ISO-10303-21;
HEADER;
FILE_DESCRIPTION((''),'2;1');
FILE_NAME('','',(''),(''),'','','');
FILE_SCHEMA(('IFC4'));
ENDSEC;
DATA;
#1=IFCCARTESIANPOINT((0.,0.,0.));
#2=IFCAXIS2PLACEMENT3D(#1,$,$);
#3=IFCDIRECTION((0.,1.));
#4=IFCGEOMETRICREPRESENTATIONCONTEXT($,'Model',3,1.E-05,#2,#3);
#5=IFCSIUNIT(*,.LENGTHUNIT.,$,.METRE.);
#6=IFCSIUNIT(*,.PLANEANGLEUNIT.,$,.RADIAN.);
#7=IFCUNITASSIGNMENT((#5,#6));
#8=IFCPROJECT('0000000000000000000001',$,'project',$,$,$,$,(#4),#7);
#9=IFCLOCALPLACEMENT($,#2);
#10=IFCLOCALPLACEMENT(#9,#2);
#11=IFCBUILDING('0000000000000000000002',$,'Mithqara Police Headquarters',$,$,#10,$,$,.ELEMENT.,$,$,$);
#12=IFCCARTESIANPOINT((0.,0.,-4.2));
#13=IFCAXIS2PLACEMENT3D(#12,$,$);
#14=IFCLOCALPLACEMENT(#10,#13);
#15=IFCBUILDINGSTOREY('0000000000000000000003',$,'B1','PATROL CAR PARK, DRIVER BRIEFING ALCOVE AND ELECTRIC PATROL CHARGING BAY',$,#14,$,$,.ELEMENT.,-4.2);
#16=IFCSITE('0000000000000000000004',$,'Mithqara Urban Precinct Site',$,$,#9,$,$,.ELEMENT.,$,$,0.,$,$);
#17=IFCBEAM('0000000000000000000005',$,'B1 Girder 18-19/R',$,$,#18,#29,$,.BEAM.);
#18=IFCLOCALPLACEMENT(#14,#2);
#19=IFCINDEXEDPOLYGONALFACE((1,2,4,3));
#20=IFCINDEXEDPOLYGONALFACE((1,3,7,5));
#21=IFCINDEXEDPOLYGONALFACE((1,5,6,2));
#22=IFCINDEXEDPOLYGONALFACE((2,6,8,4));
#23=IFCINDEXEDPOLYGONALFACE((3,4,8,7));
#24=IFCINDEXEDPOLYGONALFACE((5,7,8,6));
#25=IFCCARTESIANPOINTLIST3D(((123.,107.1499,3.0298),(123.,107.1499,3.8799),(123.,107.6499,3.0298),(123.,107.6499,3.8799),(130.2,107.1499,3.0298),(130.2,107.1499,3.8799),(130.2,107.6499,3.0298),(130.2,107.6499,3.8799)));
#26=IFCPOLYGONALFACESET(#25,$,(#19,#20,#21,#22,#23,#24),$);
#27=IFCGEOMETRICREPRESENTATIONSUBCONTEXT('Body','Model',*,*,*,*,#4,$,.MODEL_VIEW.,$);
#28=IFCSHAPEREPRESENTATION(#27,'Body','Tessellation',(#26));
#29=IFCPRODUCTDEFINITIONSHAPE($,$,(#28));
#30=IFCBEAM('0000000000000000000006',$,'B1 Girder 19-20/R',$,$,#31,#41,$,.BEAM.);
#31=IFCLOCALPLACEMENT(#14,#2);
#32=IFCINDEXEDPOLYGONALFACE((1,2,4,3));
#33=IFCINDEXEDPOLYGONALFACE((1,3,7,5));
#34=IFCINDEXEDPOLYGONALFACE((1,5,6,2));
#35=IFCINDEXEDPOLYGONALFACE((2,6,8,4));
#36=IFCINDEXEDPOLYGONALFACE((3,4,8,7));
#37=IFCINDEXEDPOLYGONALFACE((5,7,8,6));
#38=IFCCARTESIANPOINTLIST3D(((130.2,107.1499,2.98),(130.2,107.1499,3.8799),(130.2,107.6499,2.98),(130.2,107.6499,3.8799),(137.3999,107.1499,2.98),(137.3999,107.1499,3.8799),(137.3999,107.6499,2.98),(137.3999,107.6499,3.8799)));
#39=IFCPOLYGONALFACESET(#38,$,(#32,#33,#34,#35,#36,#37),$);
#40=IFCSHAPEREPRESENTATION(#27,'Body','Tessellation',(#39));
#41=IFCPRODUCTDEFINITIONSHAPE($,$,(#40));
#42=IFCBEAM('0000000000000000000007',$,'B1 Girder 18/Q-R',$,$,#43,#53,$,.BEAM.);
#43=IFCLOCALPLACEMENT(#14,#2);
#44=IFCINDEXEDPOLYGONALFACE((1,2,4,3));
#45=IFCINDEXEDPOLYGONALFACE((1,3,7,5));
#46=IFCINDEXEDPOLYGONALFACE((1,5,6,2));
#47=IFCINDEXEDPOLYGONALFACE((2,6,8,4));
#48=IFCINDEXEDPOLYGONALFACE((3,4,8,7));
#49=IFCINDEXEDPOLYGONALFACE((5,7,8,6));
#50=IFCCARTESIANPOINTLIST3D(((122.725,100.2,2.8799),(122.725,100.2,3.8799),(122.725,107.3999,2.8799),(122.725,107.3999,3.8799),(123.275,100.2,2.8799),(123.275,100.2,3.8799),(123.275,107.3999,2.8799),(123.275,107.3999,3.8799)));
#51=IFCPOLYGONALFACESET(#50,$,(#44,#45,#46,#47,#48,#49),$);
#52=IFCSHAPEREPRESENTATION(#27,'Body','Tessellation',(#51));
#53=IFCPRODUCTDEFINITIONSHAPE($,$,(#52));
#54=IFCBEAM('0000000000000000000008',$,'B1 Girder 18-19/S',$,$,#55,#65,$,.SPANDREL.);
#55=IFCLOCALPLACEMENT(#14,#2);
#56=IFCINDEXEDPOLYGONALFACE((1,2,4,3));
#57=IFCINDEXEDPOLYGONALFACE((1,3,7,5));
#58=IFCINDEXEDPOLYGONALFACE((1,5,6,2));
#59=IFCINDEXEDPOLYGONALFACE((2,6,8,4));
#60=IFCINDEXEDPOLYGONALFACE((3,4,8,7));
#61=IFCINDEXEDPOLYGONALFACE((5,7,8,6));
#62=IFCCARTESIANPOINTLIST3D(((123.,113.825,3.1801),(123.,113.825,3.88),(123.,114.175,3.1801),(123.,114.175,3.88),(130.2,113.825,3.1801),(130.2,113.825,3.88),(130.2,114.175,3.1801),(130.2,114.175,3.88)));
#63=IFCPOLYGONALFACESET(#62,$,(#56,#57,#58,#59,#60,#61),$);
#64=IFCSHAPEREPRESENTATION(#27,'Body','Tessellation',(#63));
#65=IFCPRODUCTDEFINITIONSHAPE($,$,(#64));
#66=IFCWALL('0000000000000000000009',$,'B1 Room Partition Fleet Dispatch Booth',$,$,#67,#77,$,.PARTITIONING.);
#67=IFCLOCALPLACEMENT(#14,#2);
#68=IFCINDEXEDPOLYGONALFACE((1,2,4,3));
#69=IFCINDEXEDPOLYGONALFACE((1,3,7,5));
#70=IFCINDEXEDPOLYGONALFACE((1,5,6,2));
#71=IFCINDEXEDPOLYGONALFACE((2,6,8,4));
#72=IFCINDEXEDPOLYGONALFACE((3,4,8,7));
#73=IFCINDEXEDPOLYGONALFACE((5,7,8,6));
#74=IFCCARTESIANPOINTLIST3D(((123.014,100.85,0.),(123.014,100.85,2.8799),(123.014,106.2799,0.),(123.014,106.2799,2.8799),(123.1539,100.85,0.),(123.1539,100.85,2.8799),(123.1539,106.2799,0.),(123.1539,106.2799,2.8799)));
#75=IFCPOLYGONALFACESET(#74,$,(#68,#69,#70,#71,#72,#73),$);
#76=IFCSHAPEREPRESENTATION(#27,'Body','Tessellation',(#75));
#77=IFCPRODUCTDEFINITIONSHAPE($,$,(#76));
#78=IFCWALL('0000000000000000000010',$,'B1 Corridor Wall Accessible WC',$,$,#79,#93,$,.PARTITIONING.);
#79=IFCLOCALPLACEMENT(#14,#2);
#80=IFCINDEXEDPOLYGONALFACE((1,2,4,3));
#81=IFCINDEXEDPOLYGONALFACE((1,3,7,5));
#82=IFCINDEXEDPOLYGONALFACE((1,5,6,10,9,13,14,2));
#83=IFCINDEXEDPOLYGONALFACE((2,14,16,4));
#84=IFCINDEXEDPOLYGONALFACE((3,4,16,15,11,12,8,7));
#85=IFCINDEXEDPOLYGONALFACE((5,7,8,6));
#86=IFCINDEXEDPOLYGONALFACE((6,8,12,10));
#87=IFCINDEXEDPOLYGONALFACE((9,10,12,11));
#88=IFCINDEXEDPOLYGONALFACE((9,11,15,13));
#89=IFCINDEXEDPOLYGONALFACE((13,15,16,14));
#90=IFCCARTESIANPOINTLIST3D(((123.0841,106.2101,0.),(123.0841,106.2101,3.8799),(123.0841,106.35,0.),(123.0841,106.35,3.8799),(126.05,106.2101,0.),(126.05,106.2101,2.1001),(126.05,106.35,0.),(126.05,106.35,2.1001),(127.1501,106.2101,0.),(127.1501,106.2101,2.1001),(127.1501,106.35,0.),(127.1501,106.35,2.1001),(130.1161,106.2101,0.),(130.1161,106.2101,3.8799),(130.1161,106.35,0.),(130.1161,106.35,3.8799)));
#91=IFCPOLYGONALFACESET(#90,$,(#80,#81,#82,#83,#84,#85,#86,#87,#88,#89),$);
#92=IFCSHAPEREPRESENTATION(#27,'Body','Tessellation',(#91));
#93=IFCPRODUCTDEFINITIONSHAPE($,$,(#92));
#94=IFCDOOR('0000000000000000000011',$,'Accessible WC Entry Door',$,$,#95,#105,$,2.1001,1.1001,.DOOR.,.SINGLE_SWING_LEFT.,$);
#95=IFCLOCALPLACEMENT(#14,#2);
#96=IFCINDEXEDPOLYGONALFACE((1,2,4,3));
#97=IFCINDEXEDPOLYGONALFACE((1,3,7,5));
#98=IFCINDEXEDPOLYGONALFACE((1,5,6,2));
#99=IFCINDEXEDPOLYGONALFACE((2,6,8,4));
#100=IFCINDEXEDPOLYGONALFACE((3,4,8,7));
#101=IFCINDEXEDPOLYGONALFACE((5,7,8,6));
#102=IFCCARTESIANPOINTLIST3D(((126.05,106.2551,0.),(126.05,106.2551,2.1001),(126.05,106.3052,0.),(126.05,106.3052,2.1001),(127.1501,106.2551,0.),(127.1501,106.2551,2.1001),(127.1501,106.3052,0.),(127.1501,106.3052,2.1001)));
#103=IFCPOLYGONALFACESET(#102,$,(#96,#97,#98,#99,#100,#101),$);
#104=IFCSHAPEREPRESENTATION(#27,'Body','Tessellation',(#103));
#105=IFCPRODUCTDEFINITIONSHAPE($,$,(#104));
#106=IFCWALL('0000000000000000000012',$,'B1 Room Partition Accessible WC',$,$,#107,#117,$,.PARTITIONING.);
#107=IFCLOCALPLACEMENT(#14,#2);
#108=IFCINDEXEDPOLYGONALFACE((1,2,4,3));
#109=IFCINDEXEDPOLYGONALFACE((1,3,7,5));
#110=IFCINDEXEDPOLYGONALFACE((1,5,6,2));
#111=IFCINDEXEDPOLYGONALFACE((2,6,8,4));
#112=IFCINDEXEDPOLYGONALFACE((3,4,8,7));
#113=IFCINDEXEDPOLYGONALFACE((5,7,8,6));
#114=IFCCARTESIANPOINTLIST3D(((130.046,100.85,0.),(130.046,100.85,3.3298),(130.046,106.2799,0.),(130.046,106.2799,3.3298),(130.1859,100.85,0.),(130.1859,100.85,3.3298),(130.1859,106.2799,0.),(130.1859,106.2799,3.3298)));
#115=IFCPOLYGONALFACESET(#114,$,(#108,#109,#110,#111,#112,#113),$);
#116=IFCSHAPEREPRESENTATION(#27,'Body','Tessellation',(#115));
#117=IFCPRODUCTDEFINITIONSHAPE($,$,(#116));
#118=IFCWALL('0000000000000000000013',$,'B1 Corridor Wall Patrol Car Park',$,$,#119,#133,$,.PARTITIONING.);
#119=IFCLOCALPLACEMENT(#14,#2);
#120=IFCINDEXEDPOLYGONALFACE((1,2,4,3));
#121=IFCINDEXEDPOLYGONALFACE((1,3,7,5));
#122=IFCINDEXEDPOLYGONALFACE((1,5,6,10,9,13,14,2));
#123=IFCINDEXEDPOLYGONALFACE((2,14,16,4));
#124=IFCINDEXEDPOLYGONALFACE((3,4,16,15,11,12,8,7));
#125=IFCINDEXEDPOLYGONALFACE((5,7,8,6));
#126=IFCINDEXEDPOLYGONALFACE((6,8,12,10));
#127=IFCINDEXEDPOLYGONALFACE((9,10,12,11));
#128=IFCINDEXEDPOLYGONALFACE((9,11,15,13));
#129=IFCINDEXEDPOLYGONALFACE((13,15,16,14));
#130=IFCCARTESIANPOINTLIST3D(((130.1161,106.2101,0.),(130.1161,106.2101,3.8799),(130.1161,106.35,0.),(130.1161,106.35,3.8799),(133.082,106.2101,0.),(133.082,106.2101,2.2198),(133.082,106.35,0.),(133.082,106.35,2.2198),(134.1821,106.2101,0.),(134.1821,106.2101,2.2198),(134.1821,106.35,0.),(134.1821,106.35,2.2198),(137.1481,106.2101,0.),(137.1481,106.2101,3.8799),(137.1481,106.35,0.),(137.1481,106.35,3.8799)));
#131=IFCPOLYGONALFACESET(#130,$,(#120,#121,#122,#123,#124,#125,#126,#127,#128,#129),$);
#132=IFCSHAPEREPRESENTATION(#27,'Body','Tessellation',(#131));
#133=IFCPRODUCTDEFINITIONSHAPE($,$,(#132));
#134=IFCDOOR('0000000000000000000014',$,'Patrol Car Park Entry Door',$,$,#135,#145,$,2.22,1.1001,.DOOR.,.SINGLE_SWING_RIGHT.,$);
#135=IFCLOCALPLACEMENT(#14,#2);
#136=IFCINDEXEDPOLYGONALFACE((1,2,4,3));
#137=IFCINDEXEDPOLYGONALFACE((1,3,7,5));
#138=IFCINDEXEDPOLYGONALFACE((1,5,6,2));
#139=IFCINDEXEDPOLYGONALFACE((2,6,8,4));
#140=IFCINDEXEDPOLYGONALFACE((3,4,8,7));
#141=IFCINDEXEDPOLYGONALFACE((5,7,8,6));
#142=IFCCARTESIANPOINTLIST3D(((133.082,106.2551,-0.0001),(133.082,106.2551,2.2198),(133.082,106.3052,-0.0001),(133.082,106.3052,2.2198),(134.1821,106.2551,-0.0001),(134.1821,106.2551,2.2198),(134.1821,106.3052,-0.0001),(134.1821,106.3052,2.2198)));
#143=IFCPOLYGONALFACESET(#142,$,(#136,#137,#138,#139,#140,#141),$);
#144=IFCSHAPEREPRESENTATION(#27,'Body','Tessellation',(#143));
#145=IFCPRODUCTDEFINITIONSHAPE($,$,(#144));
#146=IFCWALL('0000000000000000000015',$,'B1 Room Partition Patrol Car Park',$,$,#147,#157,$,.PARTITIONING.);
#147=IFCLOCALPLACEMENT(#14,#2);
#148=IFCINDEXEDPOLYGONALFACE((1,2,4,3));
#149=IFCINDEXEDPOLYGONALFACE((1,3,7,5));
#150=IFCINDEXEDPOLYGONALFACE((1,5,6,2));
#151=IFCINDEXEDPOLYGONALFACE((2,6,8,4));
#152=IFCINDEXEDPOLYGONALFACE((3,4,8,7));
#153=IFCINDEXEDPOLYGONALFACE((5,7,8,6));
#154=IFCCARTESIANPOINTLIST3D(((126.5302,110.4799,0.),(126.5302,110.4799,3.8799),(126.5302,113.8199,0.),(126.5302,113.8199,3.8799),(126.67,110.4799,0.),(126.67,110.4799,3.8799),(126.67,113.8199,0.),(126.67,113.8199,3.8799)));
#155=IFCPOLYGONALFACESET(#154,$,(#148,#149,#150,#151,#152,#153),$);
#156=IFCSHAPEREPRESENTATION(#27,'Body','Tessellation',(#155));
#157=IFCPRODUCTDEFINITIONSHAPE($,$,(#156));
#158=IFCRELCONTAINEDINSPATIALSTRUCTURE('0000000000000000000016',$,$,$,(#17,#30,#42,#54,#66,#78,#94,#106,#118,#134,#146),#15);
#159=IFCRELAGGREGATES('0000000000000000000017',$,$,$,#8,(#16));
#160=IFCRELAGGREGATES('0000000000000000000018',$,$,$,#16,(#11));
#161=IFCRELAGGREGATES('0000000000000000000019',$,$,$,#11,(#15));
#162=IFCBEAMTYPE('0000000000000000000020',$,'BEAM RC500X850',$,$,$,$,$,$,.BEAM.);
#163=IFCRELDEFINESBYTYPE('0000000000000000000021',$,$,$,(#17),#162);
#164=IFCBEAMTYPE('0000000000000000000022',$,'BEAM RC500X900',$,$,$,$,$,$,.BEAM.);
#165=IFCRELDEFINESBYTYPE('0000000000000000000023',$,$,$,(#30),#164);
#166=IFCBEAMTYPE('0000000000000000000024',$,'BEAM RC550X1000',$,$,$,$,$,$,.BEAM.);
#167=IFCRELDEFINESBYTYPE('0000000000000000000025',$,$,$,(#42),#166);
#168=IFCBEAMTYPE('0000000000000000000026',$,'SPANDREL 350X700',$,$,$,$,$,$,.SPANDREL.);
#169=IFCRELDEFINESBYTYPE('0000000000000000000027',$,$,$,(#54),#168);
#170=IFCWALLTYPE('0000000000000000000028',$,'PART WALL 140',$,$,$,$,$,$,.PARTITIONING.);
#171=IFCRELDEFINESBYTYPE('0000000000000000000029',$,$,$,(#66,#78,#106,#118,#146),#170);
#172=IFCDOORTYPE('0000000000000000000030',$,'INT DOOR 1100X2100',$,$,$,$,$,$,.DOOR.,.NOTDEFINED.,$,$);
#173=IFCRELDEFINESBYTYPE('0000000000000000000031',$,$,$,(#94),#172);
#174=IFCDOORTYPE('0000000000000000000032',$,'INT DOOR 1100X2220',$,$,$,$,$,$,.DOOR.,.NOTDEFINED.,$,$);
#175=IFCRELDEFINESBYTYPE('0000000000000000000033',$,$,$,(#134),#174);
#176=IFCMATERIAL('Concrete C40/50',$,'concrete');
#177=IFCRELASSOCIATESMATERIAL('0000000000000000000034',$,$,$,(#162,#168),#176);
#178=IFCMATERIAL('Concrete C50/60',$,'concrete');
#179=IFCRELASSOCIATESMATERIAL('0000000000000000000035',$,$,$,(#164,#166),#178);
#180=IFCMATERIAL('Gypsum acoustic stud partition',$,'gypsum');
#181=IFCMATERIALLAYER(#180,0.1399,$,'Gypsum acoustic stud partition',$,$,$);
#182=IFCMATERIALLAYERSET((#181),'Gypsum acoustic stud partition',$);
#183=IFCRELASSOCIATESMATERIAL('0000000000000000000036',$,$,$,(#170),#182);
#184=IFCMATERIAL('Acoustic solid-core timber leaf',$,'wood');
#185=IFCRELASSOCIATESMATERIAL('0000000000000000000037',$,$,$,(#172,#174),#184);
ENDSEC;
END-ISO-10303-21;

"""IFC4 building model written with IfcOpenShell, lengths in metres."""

from ifc_helpers import new_model, si_unit, direction, frame, frame_2d, origin, origin_2d, place, context, subcontext, project, spatial, rectangle, extrude, material, layer, layer_set, material_profile, profile_set, type_object, element, fill, save


model = new_model("IFC4")

# Units and contexts
model_context = context("Model", 3, precision=1e-05, world=origin(), true_north=direction((0.0, 1.0)))
body_context = subcontext(model_context, "Body", "Model", "MODEL_VIEW")
ifc_project = project(units=[si_unit("LENGTHUNIT", "METRE"), si_unit("PLANEANGLEUNIT", "RADIAN")], contexts=[model_context])

# Site, building, storey
site_placement = place(None, origin())
site = spatial("IfcSite", under=ifc_project, at=site_placement, Name="Mithqara Urban Precinct Site", CompositionType="ELEMENT", RefElevation=0.0)
building_placement = place(site_placement, origin())
building = spatial("IfcBuilding", under=site, at=building_placement, Name="Mithqara Police Headquarters", CompositionType="ELEMENT")
storey_placement = place(building_placement, frame((0.0, 0.0, -4.2)))
storey = spatial("IfcBuildingStorey", under=building, at=storey_placement, Name="B1", Description="PATROL CAR PARK, DRIVER BRIEFING ALCOVE AND ELECTRIC PATROL CHARGING BAY", CompositionType="ELEMENT", Elevation=-4.2)

# Shared definitions
ifc_material_1 = material(Name="Concrete C50/60", Category="concrete")

# Beams
ifc_material_2 = material(Name="Concrete C40/50", Category="concrete")
ifc_material_profile_1 = material_profile(ifc_material_2, rectangle(XDim=0.5, YDim=0.8501, at=origin_2d()), Name="RC 500x850")
ifc_profile_set_1 = profile_set([ifc_material_profile_1], Name="Concrete C40/50")
beam_type_1 = type_object("IfcBeamType", Name="BEAM RC500X850", PredefinedType="BEAM", material=ifc_profile_set_1)
beam_1_placement = place(storey_placement, frame((123.0, 107.3999, 3.4548), z_axis=(1.0, 0.0, 0.0), x_axis=(0.0, 1.0, 0.0)))
element("IfcBeam", 1, at=beam_1_placement, inside=storey, type_object=beam_type_1, Name="B1 Girder 18-19/R", PredefinedType="BEAM", context=body_context, shape_type="SweptSolid", body=[
    extrude(rectangle(XDim=0.5, YDim=0.8501, at=origin_2d()), origin(), (0.0, 0.0, 1.0), 7.2),
])
ifc_material_profile_2 = material_profile(ifc_material_1, rectangle(XDim=0.5, YDim=0.8999, at=origin_2d()), Name="RC 500x900")
ifc_profile_set_2 = profile_set([ifc_material_profile_2], Name="Concrete C50/60")
beam_type_2 = type_object("IfcBeamType", Name="BEAM RC500X900", PredefinedType="BEAM", material=ifc_profile_set_2)
beam_2_placement = place(storey_placement, frame((130.2, 107.3999, 3.4299), z_axis=(1.0, 0.0, 0.0), x_axis=(0.0, 1.0, 0.0)))
element("IfcBeam", 2, at=beam_2_placement, inside=storey, type_object=beam_type_2, Name="B1 Girder 19-20/R", PredefinedType="BEAM", context=body_context, shape_type="SweptSolid", body=[
    extrude(rectangle(XDim=0.5, YDim=0.8999, at=origin_2d()), origin(), (0.0, 0.0, 1.0), 7.2),
])
ifc_material_profile_3 = material_profile(ifc_material_1, rectangle(XDim=0.55, YDim=1.0, at=origin_2d()), Name="RC 550x1000")
ifc_profile_set_3 = profile_set([ifc_material_profile_3], Name="Concrete C50/60")
beam_type_3 = type_object("IfcBeamType", Name="BEAM RC550X1000", PredefinedType="BEAM", material=ifc_profile_set_3)
beam_3_placement = place(storey_placement, frame((123.0, 100.2, 3.3799), z_axis=(0.0, 1.0, 0.0), x_axis=(-1.0, 0.0, 0.0)))
element("IfcBeam", 3, at=beam_3_placement, inside=storey, type_object=beam_type_3, Name="B1 Girder 18/Q-R", PredefinedType="BEAM", context=body_context, shape_type="SweptSolid", body=[
    extrude(rectangle(XDim=0.55, YDim=1.0, at=origin_2d()), origin(), (0.0, 0.0, 1.0), 7.2),
])
ifc_material_profile_4 = material_profile(ifc_material_2, rectangle(XDim=0.3501, YDim=0.7, at=origin_2d()), Name="SPB 350x700")
ifc_profile_set_4 = profile_set([ifc_material_profile_4], Name="Concrete C40/50")
beam_type_4 = type_object("IfcBeamType", Name="SPANDREL 350X700", PredefinedType="SPANDREL", material=ifc_profile_set_4)
beam_4_placement = place(storey_placement, frame((123.0, 114.0, 3.53), z_axis=(1.0, 0.0, 0.0), x_axis=(0.0, 1.0, 0.0)))
element("IfcBeam", 4, at=beam_4_placement, inside=storey, type_object=beam_type_4, Name="B1 Girder 18-19/S", PredefinedType="SPANDREL", context=body_context, shape_type="SweptSolid", body=[
    extrude(rectangle(XDim=0.3501, YDim=0.7, at=origin_2d()), origin(), (0.0, 0.0, 1.0), 7.2),
])

# Wall
ifc_material_3 = material(Name="Gypsum acoustic stud partition", Category="gypsum")
ifc_layer_1 = layer(ifc_material_3, 0.1399, Name="Gypsum acoustic stud partition")
ifc_layer_set_1 = layer_set([ifc_layer_1], Name="Gypsum acoustic stud partition")
wall_type_1 = type_object("IfcWallType", Name="PART WALL 140", PredefinedType="PARTITIONING", material=ifc_layer_set_1)
wall_1_placement = place(storey_placement, frame((123.084, 100.8501, 0.0), z_axis=(0.0, 0.0, 1.0), x_axis=(0.0, 1.0, 0.0)))
element("IfcWall", 5, at=wall_1_placement, inside=storey, type_object=wall_type_1, Name="B1 Room Partition Fleet Dispatch Booth", PredefinedType="PARTITIONING", context=body_context, shape_type="SweptSolid", body=[
    extrude(rectangle(XDim=5.4299, YDim=0.1399, at=frame_2d((2.7148, 0.0))), origin(), (0.0, 0.0, 1.0), 2.8799),
])

# Wall, opening, door
wall_2_placement = place(storey_placement, frame((123.084, 106.28, 0.0), z_axis=(0.0, 0.0, 1.0), x_axis=(1.0, 0.0, 0.0)))
wall_2 = element("IfcWall", 6, at=wall_2_placement, inside=storey, type_object=wall_type_1, Name="B1 Corridor Wall Accessible WC", PredefinedType="PARTITIONING", context=body_context, shape_type="SweptSolid", body=[
    extrude(rectangle(XDim=7.032, YDim=0.1399, at=frame_2d((3.5161, 0.0))), origin(), (0.0, 0.0, 1.0), 3.8799),
])
opening_1_placement = place(wall_2_placement, frame((2.9661, 0.0, 0.0)))
opening_1 = element("IfcOpeningElement", 7, at=opening_1_placement, cuts=wall_2, PredefinedType="OPENING", context=body_context, shape_type="SweptSolid", body=[
    extrude(rectangle(XDim=1.1001, YDim=2.1001, at=frame_2d((0.55, 1.05))), frame((0.0, 0.0801, 0.0), z_axis=(0.0, -1.0, 0.0), x_axis=(1.0, 0.0, 0.0)), (0.0, 0.0, 1.0), 0.1599),
])
ifc_material_4 = material(Name="Acoustic solid-core timber leaf", Category="wood")
door_type_1 = type_object("IfcDoorType", Name="INT DOOR 1100X2100", OperationType="NOTDEFINED", PredefinedType="DOOR", material=ifc_material_4)
door_1_placement = place(opening_1_placement, frame((1.1001, 0.0, 0.0), z_axis=(0.0, 0.0, 1.0), x_axis=(-1.0, 0.0, 0.0)))
door_1 = element("IfcDoor", 8, at=door_1_placement, inside=storey, type_object=door_type_1, Name="Accessible WC Entry Door", OperationType="SINGLE_SWING_LEFT", OverallHeight=2.1001, OverallWidth=1.1001, PredefinedType="DOOR", context=body_context, shape_type="SweptSolid", body=[
    extrude(rectangle(XDim=1.1001, YDim=2.1001, at=frame_2d((0.55, 1.05))), frame((0.0, 0.0249, 0.0), z_axis=(0.0, -1.0, 0.0), x_axis=(1.0, 0.0, 0.0)), (0.0, 0.0, 1.0), 0.05),
])
fill(opening_1, door_1)

# Wall
wall_3_placement = place(storey_placement, frame((130.116, 100.8501, 0.0), z_axis=(0.0, 0.0, 1.0), x_axis=(0.0, 1.0, 0.0)))
element("IfcWall", 9, at=wall_3_placement, inside=storey, type_object=wall_type_1, Name="B1 Room Partition Accessible WC", PredefinedType="PARTITIONING", context=body_context, shape_type="SweptSolid", body=[
    extrude(rectangle(XDim=5.4299, YDim=0.1399, at=frame_2d((2.7148, 0.0))), origin(), (0.0, 0.0, 1.0), 3.3298),
])

# Wall, opening, door
wall_4_placement = place(storey_placement, frame((130.116, 106.28, 0.0), z_axis=(0.0, 0.0, 1.0), x_axis=(1.0, 0.0, 0.0)))
wall_4 = element("IfcWall", 10, at=wall_4_placement, inside=storey, type_object=wall_type_1, Name="B1 Corridor Wall Patrol Car Park", PredefinedType="PARTITIONING", context=body_context, shape_type="SweptSolid", body=[
    extrude(rectangle(XDim=7.032, YDim=0.1399, at=frame_2d((3.5161, 0.0))), origin(), (0.0, 0.0, 1.0), 3.8799),
])
opening_2_placement = place(wall_4_placement, frame((2.9661, 0.0, 0.0)))
opening_2 = element("IfcOpeningElement", 11, at=opening_2_placement, cuts=wall_4, PredefinedType="OPENING", context=body_context, shape_type="SweptSolid", body=[
    extrude(rectangle(XDim=1.1001, YDim=2.22, at=frame_2d((0.55, 1.1099))), frame((0.0, 0.0801, 0.0), z_axis=(0.0, -1.0, 0.0), x_axis=(1.0, 0.0, 0.0)), (0.0, 0.0, 1.0), 0.1599),
])
door_type_2 = type_object("IfcDoorType", Name="INT DOOR 1100X2220", OperationType="NOTDEFINED", PredefinedType="DOOR", material=ifc_material_4)
door_2_placement = place(opening_2_placement, frame((1.1001, 0.0, 0.0), z_axis=(0.0, 0.0, 1.0), x_axis=(-1.0, 0.0, 0.0)))
door_2 = element("IfcDoor", 12, at=door_2_placement, inside=storey, type_object=door_type_2, Name="Patrol Car Park Entry Door", OperationType="SINGLE_SWING_RIGHT", OverallHeight=2.22, OverallWidth=1.1001, PredefinedType="DOOR", context=body_context, shape_type="SweptSolid", body=[
    extrude(rectangle(XDim=1.1001, YDim=2.22, at=frame_2d((0.55, 1.1099))), frame((0.0, 0.0249, 0.0), z_axis=(0.0, -1.0, 0.0), x_axis=(1.0, 0.0, 0.0)), (0.0, 0.0, 1.0), 0.05),
])
fill(opening_2, door_2)

# Wall
wall_5_placement = place(storey_placement, frame((126.6001, 110.48, 0.0), z_axis=(0.0, 0.0, 1.0), x_axis=(0.0, 1.0, 0.0)))
element("IfcWall", 13, at=wall_5_placement, inside=storey, type_object=wall_type_1, Name="B1 Room Partition Patrol Car Park", PredefinedType="PARTITIONING", context=body_context, shape_type="SweptSolid", body=[
    extrude(rectangle(XDim=3.3401, YDim=0.1399, at=frame_2d((1.6699, 0.0))), origin(), (0.0, 0.0, 1.0), 3.8799),
])

save(model, "model.ifc")
